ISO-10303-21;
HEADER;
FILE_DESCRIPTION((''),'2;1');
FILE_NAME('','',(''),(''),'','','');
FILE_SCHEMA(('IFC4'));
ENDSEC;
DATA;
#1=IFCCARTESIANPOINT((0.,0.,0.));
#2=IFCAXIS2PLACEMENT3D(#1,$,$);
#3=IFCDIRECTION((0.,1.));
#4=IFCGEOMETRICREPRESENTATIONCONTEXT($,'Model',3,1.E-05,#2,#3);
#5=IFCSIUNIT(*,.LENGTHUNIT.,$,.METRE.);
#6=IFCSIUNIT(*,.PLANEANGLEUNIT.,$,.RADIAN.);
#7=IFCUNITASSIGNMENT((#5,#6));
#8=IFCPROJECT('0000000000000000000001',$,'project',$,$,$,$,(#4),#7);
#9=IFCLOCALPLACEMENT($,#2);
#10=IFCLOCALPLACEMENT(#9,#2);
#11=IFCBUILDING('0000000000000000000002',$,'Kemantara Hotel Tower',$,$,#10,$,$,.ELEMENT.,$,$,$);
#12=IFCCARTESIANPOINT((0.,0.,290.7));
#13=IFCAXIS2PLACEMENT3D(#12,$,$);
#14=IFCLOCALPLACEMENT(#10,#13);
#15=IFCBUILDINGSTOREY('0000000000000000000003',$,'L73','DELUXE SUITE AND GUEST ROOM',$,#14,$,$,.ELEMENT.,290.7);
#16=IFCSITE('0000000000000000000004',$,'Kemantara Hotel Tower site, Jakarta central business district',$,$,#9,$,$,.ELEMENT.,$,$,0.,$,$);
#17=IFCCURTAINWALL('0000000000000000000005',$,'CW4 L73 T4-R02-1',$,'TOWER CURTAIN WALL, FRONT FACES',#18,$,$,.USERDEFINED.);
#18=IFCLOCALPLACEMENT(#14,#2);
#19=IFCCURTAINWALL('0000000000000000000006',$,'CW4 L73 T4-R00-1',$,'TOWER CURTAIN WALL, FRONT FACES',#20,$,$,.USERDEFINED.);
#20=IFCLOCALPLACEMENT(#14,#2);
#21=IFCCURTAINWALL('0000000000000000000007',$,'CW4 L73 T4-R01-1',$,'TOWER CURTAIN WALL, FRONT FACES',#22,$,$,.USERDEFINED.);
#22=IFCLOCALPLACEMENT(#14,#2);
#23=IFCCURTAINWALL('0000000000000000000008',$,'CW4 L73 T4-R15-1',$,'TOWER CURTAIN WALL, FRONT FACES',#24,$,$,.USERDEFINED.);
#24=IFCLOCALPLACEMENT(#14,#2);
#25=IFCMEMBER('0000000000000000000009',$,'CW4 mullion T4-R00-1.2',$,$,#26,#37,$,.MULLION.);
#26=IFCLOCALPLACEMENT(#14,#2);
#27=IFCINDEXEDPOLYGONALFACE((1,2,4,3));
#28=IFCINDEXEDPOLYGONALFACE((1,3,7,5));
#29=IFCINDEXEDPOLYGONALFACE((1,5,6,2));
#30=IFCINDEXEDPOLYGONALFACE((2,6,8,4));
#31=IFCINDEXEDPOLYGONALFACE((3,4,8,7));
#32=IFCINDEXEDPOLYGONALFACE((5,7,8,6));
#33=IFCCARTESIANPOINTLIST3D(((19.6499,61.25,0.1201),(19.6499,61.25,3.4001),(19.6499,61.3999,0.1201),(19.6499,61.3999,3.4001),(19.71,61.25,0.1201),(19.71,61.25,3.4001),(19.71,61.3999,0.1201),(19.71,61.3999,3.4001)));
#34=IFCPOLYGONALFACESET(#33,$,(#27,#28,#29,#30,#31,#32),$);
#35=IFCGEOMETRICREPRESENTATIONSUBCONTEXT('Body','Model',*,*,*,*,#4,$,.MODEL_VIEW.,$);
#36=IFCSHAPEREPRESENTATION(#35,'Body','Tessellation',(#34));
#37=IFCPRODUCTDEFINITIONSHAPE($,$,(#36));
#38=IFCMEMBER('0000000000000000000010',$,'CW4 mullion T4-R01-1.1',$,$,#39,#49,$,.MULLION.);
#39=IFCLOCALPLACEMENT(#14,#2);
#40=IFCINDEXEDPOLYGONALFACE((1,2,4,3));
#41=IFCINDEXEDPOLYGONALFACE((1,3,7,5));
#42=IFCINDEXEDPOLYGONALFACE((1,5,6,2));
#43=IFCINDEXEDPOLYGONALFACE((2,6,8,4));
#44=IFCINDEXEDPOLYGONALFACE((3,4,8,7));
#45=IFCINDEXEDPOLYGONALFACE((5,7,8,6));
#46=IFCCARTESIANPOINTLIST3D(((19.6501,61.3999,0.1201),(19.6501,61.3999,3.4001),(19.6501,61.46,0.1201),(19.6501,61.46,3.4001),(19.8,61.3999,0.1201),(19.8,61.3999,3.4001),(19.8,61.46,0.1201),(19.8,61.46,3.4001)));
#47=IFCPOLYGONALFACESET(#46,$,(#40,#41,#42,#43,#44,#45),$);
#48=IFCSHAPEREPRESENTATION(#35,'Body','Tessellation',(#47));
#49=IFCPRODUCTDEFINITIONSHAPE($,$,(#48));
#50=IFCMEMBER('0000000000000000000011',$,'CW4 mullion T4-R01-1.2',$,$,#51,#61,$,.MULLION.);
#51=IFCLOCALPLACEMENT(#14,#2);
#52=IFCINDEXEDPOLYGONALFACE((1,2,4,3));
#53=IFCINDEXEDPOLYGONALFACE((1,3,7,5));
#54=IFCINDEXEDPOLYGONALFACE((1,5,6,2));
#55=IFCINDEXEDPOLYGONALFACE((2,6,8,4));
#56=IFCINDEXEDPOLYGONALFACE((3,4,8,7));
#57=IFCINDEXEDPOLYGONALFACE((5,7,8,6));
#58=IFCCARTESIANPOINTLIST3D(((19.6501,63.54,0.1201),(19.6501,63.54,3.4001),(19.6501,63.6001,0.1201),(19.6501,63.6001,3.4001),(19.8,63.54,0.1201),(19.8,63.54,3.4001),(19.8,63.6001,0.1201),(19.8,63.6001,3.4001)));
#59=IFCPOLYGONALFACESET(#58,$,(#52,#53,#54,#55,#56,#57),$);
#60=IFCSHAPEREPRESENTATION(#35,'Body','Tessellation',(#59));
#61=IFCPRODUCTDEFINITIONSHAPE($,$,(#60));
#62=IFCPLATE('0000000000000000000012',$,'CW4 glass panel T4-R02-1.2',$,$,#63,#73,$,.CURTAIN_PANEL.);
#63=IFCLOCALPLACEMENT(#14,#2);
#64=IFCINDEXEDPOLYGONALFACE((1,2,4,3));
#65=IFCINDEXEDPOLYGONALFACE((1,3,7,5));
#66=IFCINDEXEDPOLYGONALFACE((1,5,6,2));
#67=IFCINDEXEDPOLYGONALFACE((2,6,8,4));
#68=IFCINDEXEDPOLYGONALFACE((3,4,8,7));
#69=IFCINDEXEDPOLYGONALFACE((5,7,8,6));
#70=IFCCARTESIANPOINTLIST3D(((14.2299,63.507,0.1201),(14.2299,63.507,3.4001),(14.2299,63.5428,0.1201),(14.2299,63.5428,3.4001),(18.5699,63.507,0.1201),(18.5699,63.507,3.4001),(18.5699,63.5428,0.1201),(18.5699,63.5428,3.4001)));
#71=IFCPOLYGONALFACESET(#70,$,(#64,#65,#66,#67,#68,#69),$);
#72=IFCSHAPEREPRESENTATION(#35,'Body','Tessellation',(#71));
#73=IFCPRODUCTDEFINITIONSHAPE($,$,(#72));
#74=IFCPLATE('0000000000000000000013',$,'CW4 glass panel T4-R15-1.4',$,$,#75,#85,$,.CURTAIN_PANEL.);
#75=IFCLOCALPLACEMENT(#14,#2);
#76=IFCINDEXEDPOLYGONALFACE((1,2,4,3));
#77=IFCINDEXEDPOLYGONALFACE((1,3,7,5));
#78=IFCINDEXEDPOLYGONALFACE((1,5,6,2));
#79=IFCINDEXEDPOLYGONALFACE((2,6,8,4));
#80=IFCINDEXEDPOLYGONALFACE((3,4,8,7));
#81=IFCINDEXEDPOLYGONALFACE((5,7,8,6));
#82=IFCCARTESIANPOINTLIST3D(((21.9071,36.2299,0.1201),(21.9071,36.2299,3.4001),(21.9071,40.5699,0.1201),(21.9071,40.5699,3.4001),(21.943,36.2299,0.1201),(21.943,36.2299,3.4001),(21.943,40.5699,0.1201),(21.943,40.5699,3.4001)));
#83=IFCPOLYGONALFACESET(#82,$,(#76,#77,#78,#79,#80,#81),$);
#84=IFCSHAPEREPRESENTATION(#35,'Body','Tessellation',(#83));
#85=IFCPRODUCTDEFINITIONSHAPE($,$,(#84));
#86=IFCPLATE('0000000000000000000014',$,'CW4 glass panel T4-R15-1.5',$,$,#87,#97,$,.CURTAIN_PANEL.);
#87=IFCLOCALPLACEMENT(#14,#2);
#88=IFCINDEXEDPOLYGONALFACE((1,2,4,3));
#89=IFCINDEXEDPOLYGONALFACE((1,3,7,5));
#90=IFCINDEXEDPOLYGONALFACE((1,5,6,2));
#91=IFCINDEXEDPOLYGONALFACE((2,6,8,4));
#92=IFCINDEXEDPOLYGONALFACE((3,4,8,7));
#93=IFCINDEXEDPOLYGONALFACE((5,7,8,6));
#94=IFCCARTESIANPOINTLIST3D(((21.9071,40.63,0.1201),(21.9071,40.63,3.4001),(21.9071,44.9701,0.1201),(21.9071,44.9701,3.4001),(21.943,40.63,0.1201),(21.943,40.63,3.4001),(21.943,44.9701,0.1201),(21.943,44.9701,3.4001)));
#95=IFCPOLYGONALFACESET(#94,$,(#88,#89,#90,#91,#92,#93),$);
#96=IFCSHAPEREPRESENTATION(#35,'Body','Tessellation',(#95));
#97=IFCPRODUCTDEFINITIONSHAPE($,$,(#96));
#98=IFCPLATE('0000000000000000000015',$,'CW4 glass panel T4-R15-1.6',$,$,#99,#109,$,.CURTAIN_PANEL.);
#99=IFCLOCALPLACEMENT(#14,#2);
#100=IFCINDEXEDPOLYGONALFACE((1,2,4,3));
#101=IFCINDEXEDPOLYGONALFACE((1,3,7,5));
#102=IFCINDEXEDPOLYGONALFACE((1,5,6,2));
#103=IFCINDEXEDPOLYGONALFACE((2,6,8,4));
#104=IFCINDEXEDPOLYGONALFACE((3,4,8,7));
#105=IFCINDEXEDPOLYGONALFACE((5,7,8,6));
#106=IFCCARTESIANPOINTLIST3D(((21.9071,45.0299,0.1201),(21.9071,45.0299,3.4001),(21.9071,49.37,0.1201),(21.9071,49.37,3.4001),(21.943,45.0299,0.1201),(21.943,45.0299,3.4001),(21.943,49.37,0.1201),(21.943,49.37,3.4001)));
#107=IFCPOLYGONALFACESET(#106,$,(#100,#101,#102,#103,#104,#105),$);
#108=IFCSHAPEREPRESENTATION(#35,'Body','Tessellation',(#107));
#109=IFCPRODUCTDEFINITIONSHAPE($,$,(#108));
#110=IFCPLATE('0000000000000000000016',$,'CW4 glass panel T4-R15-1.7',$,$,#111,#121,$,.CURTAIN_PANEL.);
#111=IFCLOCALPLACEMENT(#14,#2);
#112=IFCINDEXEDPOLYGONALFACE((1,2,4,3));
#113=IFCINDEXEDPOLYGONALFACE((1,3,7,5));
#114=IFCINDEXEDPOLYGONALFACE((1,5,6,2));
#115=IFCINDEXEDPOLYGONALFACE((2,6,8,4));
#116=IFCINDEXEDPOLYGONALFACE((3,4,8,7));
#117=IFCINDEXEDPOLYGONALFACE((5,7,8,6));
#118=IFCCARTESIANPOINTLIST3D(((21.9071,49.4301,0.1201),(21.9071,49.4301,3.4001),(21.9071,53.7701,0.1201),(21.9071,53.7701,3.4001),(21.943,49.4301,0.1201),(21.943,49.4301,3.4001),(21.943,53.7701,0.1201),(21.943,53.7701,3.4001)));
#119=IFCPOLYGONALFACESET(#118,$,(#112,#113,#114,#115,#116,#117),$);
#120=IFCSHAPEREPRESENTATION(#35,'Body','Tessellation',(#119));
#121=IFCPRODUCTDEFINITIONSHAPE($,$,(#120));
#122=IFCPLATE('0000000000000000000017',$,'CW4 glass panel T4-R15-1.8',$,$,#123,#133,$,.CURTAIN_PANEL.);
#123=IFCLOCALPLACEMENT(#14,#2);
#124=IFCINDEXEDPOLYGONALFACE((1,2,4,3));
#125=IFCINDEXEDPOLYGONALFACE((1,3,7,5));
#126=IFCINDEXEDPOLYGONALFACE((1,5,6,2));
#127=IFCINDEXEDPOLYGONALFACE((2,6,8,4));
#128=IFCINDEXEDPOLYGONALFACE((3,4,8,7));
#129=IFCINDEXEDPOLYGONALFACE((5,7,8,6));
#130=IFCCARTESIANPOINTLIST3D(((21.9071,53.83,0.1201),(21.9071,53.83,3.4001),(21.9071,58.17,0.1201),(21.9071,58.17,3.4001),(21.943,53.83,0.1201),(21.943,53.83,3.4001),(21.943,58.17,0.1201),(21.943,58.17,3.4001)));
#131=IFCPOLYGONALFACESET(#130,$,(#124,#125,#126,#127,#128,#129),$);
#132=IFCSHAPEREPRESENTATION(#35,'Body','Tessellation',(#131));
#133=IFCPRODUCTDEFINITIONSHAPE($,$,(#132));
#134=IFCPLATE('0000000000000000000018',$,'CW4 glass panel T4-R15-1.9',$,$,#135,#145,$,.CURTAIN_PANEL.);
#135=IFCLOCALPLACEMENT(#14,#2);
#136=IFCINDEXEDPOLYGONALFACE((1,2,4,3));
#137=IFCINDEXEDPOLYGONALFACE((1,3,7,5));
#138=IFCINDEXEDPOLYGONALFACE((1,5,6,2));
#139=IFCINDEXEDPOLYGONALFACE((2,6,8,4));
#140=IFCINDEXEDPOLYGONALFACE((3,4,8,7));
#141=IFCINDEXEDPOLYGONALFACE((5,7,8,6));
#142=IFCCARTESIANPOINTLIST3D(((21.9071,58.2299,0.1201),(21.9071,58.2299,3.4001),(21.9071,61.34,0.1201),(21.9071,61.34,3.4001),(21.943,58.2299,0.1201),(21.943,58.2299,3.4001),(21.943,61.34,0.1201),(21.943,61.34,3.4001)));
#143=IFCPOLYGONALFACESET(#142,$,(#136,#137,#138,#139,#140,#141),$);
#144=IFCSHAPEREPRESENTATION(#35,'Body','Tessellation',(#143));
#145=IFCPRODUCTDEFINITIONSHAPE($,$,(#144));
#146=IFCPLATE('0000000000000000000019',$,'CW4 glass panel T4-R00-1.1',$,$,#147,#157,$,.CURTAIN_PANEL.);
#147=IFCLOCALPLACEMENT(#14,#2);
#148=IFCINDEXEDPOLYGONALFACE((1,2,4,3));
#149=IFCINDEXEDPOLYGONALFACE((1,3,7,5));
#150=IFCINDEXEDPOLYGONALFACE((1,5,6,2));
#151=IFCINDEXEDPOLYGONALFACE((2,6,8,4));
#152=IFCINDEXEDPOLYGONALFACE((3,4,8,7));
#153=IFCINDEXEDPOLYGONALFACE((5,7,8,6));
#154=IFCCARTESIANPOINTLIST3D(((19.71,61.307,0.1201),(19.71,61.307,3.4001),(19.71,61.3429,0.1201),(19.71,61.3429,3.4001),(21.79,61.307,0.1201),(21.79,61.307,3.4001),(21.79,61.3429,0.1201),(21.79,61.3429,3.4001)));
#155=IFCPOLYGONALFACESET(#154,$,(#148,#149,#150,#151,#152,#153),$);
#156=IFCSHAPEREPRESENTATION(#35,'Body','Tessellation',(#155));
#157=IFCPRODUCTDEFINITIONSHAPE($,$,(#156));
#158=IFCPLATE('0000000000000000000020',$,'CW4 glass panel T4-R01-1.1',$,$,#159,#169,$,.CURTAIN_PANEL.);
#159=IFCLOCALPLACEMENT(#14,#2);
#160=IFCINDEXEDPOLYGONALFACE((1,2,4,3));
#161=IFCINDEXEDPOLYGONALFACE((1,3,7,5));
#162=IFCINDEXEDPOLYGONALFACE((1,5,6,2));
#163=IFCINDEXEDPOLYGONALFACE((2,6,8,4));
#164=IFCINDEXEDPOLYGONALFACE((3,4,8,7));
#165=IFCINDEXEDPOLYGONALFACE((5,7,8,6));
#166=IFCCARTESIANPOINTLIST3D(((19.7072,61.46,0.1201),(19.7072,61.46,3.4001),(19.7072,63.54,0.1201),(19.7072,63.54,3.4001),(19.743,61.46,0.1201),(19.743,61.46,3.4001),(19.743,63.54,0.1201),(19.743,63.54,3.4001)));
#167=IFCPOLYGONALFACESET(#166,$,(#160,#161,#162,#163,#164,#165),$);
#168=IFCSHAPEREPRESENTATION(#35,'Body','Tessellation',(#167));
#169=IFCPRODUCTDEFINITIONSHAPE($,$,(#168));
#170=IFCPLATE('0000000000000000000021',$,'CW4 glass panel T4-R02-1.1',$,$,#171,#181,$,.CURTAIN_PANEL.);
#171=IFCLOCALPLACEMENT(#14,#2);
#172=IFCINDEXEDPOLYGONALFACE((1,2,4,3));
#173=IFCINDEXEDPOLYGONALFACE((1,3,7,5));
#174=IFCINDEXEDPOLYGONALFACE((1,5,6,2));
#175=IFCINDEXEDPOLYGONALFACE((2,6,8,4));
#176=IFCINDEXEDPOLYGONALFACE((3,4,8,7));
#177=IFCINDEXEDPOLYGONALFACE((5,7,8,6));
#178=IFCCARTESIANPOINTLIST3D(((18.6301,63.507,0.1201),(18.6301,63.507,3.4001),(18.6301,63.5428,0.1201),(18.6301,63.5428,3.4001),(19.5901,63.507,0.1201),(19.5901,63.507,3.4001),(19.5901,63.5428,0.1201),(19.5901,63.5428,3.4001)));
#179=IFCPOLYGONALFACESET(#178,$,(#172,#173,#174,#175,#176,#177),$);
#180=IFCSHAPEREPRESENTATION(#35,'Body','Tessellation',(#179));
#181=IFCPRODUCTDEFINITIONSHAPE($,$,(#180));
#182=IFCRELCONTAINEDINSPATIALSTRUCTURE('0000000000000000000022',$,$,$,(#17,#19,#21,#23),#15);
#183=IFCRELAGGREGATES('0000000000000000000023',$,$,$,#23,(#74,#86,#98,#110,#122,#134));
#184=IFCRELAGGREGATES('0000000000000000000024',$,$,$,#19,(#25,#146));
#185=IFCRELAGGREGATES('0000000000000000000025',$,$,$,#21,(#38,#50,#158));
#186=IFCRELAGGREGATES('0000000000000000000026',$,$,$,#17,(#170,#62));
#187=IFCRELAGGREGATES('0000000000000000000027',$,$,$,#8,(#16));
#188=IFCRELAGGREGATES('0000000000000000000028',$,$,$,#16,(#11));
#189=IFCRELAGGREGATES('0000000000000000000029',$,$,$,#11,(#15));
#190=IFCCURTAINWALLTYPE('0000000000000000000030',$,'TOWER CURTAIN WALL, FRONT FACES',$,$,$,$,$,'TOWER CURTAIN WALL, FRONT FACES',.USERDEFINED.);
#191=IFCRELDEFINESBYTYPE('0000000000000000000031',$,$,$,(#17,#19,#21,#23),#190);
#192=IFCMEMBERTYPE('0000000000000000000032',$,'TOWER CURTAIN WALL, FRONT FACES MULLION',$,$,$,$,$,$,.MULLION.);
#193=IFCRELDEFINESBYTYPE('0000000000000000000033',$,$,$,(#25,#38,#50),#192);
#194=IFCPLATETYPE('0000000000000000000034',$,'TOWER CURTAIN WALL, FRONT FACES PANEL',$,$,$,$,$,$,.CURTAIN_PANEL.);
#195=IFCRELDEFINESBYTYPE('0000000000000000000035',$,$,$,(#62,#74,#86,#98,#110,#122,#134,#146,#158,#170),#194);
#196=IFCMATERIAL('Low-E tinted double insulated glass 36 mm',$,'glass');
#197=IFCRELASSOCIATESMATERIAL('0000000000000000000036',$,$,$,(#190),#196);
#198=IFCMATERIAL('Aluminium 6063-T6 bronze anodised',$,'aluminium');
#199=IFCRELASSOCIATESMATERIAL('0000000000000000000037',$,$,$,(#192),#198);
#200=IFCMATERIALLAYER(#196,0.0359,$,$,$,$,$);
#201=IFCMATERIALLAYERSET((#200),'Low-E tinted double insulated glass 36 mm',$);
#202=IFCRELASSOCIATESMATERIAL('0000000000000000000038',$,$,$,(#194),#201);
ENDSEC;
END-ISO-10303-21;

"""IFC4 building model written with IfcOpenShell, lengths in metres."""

from ifc_helpers import new_model, si_unit, direction, frame, origin, origin_2d, place, context, subcontext, project, spatial, rectangle, extrude, source, transform, mapped, material, layer, layer_set, material_profile, profile_set, type_object, element, aggregate, save


model = new_model("IFC4")

# Units and contexts
model_context = context("Model", 3, precision=1e-05, world=origin(), true_north=direction((0.0, 1.0)))
body_context = subcontext(model_context, "Body", "Model", "MODEL_VIEW")
ifc_project = project(units=[si_unit("LENGTHUNIT", "METRE"), si_unit("PLANEANGLEUNIT", "RADIAN")], contexts=[model_context])

# Site, building, storey
site_placement = place(None, origin())
site = spatial("IfcSite", under=ifc_project, at=site_placement, Name="Kemantara Hotel Tower site, Jakarta central business district", CompositionType="ELEMENT", RefElevation=0.0)
building_placement = place(site_placement, origin())
building = spatial("IfcBuilding", under=site, at=building_placement, Name="Kemantara Hotel Tower", CompositionType="ELEMENT")
storey_placement = place(building_placement, frame((0.0, 0.0, 290.7)))
storey = spatial("IfcBuildingStorey", under=building, at=storey_placement, Name="L73", Description="DELUXE SUITE AND GUEST ROOM", CompositionType="ELEMENT", Elevation=290.7)

# Curtain walls
ifc_material_1 = material(Name="Low-E tinted double insulated glass 36 mm", Category="glass")
curtain_wall_type = type_object("IfcCurtainWallType", Name="TOWER CURTAIN WALL, FRONT FACES", ElementType="TOWER CURTAIN WALL, FRONT FACES", PredefinedType="USERDEFINED", material=ifc_material_1)
curtain_wall_1_placement = place(storey_placement, origin())
curtain_wall_1 = element("IfcCurtainWall", 1, at=curtain_wall_1_placement, inside=storey, type_object=curtain_wall_type, Name="CW4 L73 T4-R02-1", ObjectType="TOWER CURTAIN WALL, FRONT FACES", PredefinedType="USERDEFINED")
ifc_material_2 = material(Name="Aluminium 6063-T6 bronze anodised", Category="aluminium")
curtain_wall_2_placement = place(storey_placement, origin())
curtain_wall_2 = element("IfcCurtainWall", 2, at=curtain_wall_2_placement, inside=storey, type_object=curtain_wall_type, Name="CW4 L73 T4-R00-1", ObjectType="TOWER CURTAIN WALL, FRONT FACES", PredefinedType="USERDEFINED")
curtain_wall_3_placement = place(storey_placement, origin())
curtain_wall_3 = element("IfcCurtainWall", 3, at=curtain_wall_3_placement, inside=storey, type_object=curtain_wall_type, Name="CW4 L73 T4-R01-1", ObjectType="TOWER CURTAIN WALL, FRONT FACES", PredefinedType="USERDEFINED")

# Shared definitions
ifc_material_profile_1 = material_profile(ifc_material_2, rectangle(XDim=0.1499, YDim=0.0601, at=origin_2d()), Name="TOWER CURTAIN WALL, FRONT FACES MULLION")
ifc_profile_set_1 = profile_set([ifc_material_profile_1], Name="Aluminium 6063-T6 bronze anodised")
member_type_1 = type_object("IfcMemberType", Name="TOWER CURTAIN WALL, FRONT FACES MULLION", PredefinedType="MULLION", material=ifc_profile_set_1)
shared_shape_1 = source(origin(), body_context, "Body", "SweptSolid", [
    extrude(rectangle(XDim=0.1499, YDim=0.0601, at=origin_2d()), origin(), (0.0, 0.0, 1.0), 3.28),
])

# Curtain wall
curtain_wall_4_placement = place(storey_placement, origin())
curtain_wall_4 = element("IfcCurtainWall", 4, at=curtain_wall_4_placement, inside=storey, type_object=curtain_wall_type, Name="CW4 L73 T4-R15-1", ObjectType="TOWER CURTAIN WALL, FRONT FACES", PredefinedType="USERDEFINED")

# Members
member_1_placement = place(storey_placement, frame((19.6799, 61.325, 0.1201), z_axis=(0.0, 0.0, 1.0), x_axis=(0.0, -1.0, 0.0)))
member_1 = element("IfcMember", 5, at=member_1_placement, type_object=member_type_1, Name="CW4 mullion T4-R00-1.2", PredefinedType="MULLION", context=body_context, shape_type="MappedRepresentation", body=[
    mapped(shared_shape_1, transform((0.0, 0.0, 0.0))),
])
member_2_placement = place(storey_placement, frame((19.7251, 61.4299, 0.1201), z_axis=(0.0, 0.0, 1.0), x_axis=(-1.0, 0.0, 0.0)))
member_2 = element("IfcMember", 6, at=member_2_placement, type_object=member_type_1, Name="CW4 mullion T4-R01-1.1", PredefinedType="MULLION", context=body_context, shape_type="MappedRepresentation", body=[
    mapped(shared_shape_1, transform((0.0, 0.0, 0.0))),
])
member_3_placement = place(storey_placement, frame((19.7251, 63.5701, 0.1201), z_axis=(0.0, 0.0, 1.0), x_axis=(-1.0, 0.0, 0.0)))
member_3 = element("IfcMember", 7, at=member_3_placement, type_object=member_type_1, Name="CW4 mullion T4-R01-1.2", PredefinedType="MULLION", context=body_context, shape_type="MappedRepresentation", body=[
    mapped(shared_shape_1, transform((0.0, 0.0, 0.0))),
])

# Plates
ifc_layer_1 = layer(ifc_material_1, 0.0359)
ifc_layer_set_1 = layer_set([ifc_layer_1], Name="Low-E tinted double insulated glass 36 mm")
plate_type = type_object("IfcPlateType", Name="TOWER CURTAIN WALL, FRONT FACES PANEL", PredefinedType="CURTAIN_PANEL", material=ifc_layer_set_1)
shared_shape_2 = source(origin(), body_context, "Body", "SweptSolid", [
    extrude(rectangle(XDim=4.3401, YDim=0.0359, at=origin_2d()), origin(), (0.0, 0.0, 1.0), 3.28),
])
plate_1_placement = place(storey_placement, frame((16.3999, 63.5249, 0.1201), z_axis=(0.0, 0.0, 1.0), x_axis=(-1.0, 0.0, 0.0)))
plate_1 = element("IfcPlate", 8, at=plate_1_placement, type_object=plate_type, Name="CW4 glass panel T4-R02-1.2", PredefinedType="CURTAIN_PANEL", context=body_context, shape_type="MappedRepresentation", body=[
    mapped(shared_shape_2, transform((0.0, 0.0, 0.0))),
])
plate_2_placement = place(storey_placement, frame((21.925, 38.3999, 0.1201), z_axis=(0.0, 0.0, 1.0), x_axis=(0.0, 1.0, 0.0)))
plate_2 = element("IfcPlate", 9, at=plate_2_placement, type_object=plate_type, Name="CW4 glass panel T4-R15-1.4", PredefinedType="CURTAIN_PANEL", context=body_context, shape_type="MappedRepresentation", body=[
    mapped(shared_shape_2, transform((0.0, 0.0, 0.0))),
])
plate_3_placement = place(storey_placement, frame((21.925, 42.8, 0.1201), z_axis=(0.0, 0.0, 1.0), x_axis=(0.0, 1.0, 0.0)))
plate_3 = element("IfcPlate", 10, at=plate_3_placement, type_object=plate_type, Name="CW4 glass panel T4-R15-1.5", PredefinedType="CURTAIN_PANEL", context=body_context, shape_type="MappedRepresentation", body=[
    mapped(shared_shape_2, transform((0.0, 0.0, 0.0))),
])
plate_4_placement = place(storey_placement, frame((21.925, 47.2, 0.1201), z_axis=(0.0, 0.0, 1.0), x_axis=(0.0, 1.0, 0.0)))
plate_4 = element("IfcPlate", 11, at=plate_4_placement, type_object=plate_type, Name="CW4 glass panel T4-R15-1.6", PredefinedType="CURTAIN_PANEL", context=body_context, shape_type="MappedRepresentation", body=[
    mapped(shared_shape_2, transform((0.0, 0.0, 0.0))),
])
plate_5_placement = place(storey_placement, frame((21.925, 51.6001, 0.1201), z_axis=(0.0, 0.0, 1.0), x_axis=(0.0, 1.0, 0.0)))
plate_5 = element("IfcPlate", 12, at=plate_5_placement, type_object=plate_type, Name="CW4 glass panel T4-R15-1.7", PredefinedType="CURTAIN_PANEL", context=body_context, shape_type="MappedRepresentation", body=[
    mapped(shared_shape_2, transform((0.0, 0.0, 0.0))),
])
plate_6_placement = place(storey_placement, frame((21.925, 56.0, 0.1201), z_axis=(0.0, 0.0, 1.0), x_axis=(0.0, 1.0, 0.0)))
plate_6 = element("IfcPlate", 13, at=plate_6_placement, type_object=plate_type, Name="CW4 glass panel T4-R15-1.8", PredefinedType="CURTAIN_PANEL", context=body_context, shape_type="MappedRepresentation", body=[
    mapped(shared_shape_2, transform((0.0, 0.0, 0.0))),
])
shared_shape_3 = source(origin(), body_context, "Body", "SweptSolid", [
    extrude(rectangle(XDim=3.1101, YDim=0.0359, at=origin_2d()), origin(), (0.0, 0.0, 1.0), 3.28),
])
plate_7_placement = place(storey_placement, frame((21.925, 59.7849, 0.1201), z_axis=(0.0, 0.0, 1.0), x_axis=(0.0, 1.0, 0.0)))
plate_7 = element("IfcPlate", 14, at=plate_7_placement, type_object=plate_type, Name="CW4 glass panel T4-R15-1.9", PredefinedType="CURTAIN_PANEL", context=body_context, shape_type="MappedRepresentation", body=[
    mapped(shared_shape_3, transform((0.0, 0.0, 0.0))),
])
aggregate(curtain_wall_4, [plate_2, plate_3, plate_4, plate_5, plate_6, plate_7])
shared_shape_4 = source(origin(), body_context, "Body", "SweptSolid", [
    extrude(rectangle(XDim=2.0801, YDim=0.0359, at=origin_2d()), origin(), (0.0, 0.0, 1.0), 3.28),
])
plate_8_placement = place(storey_placement, frame((20.75, 61.325, 0.1201), z_axis=(0.0, 0.0, 1.0), x_axis=(-1.0, 0.0, 0.0)))
plate_8 = element("IfcPlate", 15, at=plate_8_placement, type_object=plate_type, Name="CW4 glass panel T4-R00-1.1", PredefinedType="CURTAIN_PANEL", context=body_context, shape_type="MappedRepresentation", body=[
    mapped(shared_shape_4, transform((0.0, 0.0, 0.0))),
])
aggregate(curtain_wall_2, [member_1, plate_8])
plate_9_placement = place(storey_placement, frame((19.7251, 62.5, 0.1201), z_axis=(0.0, 0.0, 1.0), x_axis=(0.0, 1.0, 0.0)))
plate_9 = element("IfcPlate", 16, at=plate_9_placement, type_object=plate_type, Name="CW4 glass panel T4-R01-1.1", PredefinedType="CURTAIN_PANEL", context=body_context, shape_type="MappedRepresentation", body=[
    mapped(shared_shape_4, transform((0.0, 0.0, 0.0))),
])
aggregate(curtain_wall_3, [member_2, member_3, plate_9])
shared_shape_5 = source(origin(), body_context, "Body", "SweptSolid", [
    extrude(rectangle(XDim=0.96, YDim=0.0359, at=origin_2d()), origin(), (0.0, 0.0, 1.0), 3.28),
])
plate_10_placement = place(storey_placement, frame((19.1101, 63.5249, 0.1201), z_axis=(0.0, 0.0, 1.0), x_axis=(-1.0, 0.0, 0.0)))
plate_10 = element("IfcPlate", 17, at=plate_10_placement, type_object=plate_type, Name="CW4 glass panel T4-R02-1.1", PredefinedType="CURTAIN_PANEL", context=body_context, shape_type="MappedRepresentation", body=[
    mapped(shared_shape_5, transform((0.0, 0.0, 0.0))),
])
aggregate(curtain_wall_1, [plate_10, plate_1])

save(model, "model.ifc")
